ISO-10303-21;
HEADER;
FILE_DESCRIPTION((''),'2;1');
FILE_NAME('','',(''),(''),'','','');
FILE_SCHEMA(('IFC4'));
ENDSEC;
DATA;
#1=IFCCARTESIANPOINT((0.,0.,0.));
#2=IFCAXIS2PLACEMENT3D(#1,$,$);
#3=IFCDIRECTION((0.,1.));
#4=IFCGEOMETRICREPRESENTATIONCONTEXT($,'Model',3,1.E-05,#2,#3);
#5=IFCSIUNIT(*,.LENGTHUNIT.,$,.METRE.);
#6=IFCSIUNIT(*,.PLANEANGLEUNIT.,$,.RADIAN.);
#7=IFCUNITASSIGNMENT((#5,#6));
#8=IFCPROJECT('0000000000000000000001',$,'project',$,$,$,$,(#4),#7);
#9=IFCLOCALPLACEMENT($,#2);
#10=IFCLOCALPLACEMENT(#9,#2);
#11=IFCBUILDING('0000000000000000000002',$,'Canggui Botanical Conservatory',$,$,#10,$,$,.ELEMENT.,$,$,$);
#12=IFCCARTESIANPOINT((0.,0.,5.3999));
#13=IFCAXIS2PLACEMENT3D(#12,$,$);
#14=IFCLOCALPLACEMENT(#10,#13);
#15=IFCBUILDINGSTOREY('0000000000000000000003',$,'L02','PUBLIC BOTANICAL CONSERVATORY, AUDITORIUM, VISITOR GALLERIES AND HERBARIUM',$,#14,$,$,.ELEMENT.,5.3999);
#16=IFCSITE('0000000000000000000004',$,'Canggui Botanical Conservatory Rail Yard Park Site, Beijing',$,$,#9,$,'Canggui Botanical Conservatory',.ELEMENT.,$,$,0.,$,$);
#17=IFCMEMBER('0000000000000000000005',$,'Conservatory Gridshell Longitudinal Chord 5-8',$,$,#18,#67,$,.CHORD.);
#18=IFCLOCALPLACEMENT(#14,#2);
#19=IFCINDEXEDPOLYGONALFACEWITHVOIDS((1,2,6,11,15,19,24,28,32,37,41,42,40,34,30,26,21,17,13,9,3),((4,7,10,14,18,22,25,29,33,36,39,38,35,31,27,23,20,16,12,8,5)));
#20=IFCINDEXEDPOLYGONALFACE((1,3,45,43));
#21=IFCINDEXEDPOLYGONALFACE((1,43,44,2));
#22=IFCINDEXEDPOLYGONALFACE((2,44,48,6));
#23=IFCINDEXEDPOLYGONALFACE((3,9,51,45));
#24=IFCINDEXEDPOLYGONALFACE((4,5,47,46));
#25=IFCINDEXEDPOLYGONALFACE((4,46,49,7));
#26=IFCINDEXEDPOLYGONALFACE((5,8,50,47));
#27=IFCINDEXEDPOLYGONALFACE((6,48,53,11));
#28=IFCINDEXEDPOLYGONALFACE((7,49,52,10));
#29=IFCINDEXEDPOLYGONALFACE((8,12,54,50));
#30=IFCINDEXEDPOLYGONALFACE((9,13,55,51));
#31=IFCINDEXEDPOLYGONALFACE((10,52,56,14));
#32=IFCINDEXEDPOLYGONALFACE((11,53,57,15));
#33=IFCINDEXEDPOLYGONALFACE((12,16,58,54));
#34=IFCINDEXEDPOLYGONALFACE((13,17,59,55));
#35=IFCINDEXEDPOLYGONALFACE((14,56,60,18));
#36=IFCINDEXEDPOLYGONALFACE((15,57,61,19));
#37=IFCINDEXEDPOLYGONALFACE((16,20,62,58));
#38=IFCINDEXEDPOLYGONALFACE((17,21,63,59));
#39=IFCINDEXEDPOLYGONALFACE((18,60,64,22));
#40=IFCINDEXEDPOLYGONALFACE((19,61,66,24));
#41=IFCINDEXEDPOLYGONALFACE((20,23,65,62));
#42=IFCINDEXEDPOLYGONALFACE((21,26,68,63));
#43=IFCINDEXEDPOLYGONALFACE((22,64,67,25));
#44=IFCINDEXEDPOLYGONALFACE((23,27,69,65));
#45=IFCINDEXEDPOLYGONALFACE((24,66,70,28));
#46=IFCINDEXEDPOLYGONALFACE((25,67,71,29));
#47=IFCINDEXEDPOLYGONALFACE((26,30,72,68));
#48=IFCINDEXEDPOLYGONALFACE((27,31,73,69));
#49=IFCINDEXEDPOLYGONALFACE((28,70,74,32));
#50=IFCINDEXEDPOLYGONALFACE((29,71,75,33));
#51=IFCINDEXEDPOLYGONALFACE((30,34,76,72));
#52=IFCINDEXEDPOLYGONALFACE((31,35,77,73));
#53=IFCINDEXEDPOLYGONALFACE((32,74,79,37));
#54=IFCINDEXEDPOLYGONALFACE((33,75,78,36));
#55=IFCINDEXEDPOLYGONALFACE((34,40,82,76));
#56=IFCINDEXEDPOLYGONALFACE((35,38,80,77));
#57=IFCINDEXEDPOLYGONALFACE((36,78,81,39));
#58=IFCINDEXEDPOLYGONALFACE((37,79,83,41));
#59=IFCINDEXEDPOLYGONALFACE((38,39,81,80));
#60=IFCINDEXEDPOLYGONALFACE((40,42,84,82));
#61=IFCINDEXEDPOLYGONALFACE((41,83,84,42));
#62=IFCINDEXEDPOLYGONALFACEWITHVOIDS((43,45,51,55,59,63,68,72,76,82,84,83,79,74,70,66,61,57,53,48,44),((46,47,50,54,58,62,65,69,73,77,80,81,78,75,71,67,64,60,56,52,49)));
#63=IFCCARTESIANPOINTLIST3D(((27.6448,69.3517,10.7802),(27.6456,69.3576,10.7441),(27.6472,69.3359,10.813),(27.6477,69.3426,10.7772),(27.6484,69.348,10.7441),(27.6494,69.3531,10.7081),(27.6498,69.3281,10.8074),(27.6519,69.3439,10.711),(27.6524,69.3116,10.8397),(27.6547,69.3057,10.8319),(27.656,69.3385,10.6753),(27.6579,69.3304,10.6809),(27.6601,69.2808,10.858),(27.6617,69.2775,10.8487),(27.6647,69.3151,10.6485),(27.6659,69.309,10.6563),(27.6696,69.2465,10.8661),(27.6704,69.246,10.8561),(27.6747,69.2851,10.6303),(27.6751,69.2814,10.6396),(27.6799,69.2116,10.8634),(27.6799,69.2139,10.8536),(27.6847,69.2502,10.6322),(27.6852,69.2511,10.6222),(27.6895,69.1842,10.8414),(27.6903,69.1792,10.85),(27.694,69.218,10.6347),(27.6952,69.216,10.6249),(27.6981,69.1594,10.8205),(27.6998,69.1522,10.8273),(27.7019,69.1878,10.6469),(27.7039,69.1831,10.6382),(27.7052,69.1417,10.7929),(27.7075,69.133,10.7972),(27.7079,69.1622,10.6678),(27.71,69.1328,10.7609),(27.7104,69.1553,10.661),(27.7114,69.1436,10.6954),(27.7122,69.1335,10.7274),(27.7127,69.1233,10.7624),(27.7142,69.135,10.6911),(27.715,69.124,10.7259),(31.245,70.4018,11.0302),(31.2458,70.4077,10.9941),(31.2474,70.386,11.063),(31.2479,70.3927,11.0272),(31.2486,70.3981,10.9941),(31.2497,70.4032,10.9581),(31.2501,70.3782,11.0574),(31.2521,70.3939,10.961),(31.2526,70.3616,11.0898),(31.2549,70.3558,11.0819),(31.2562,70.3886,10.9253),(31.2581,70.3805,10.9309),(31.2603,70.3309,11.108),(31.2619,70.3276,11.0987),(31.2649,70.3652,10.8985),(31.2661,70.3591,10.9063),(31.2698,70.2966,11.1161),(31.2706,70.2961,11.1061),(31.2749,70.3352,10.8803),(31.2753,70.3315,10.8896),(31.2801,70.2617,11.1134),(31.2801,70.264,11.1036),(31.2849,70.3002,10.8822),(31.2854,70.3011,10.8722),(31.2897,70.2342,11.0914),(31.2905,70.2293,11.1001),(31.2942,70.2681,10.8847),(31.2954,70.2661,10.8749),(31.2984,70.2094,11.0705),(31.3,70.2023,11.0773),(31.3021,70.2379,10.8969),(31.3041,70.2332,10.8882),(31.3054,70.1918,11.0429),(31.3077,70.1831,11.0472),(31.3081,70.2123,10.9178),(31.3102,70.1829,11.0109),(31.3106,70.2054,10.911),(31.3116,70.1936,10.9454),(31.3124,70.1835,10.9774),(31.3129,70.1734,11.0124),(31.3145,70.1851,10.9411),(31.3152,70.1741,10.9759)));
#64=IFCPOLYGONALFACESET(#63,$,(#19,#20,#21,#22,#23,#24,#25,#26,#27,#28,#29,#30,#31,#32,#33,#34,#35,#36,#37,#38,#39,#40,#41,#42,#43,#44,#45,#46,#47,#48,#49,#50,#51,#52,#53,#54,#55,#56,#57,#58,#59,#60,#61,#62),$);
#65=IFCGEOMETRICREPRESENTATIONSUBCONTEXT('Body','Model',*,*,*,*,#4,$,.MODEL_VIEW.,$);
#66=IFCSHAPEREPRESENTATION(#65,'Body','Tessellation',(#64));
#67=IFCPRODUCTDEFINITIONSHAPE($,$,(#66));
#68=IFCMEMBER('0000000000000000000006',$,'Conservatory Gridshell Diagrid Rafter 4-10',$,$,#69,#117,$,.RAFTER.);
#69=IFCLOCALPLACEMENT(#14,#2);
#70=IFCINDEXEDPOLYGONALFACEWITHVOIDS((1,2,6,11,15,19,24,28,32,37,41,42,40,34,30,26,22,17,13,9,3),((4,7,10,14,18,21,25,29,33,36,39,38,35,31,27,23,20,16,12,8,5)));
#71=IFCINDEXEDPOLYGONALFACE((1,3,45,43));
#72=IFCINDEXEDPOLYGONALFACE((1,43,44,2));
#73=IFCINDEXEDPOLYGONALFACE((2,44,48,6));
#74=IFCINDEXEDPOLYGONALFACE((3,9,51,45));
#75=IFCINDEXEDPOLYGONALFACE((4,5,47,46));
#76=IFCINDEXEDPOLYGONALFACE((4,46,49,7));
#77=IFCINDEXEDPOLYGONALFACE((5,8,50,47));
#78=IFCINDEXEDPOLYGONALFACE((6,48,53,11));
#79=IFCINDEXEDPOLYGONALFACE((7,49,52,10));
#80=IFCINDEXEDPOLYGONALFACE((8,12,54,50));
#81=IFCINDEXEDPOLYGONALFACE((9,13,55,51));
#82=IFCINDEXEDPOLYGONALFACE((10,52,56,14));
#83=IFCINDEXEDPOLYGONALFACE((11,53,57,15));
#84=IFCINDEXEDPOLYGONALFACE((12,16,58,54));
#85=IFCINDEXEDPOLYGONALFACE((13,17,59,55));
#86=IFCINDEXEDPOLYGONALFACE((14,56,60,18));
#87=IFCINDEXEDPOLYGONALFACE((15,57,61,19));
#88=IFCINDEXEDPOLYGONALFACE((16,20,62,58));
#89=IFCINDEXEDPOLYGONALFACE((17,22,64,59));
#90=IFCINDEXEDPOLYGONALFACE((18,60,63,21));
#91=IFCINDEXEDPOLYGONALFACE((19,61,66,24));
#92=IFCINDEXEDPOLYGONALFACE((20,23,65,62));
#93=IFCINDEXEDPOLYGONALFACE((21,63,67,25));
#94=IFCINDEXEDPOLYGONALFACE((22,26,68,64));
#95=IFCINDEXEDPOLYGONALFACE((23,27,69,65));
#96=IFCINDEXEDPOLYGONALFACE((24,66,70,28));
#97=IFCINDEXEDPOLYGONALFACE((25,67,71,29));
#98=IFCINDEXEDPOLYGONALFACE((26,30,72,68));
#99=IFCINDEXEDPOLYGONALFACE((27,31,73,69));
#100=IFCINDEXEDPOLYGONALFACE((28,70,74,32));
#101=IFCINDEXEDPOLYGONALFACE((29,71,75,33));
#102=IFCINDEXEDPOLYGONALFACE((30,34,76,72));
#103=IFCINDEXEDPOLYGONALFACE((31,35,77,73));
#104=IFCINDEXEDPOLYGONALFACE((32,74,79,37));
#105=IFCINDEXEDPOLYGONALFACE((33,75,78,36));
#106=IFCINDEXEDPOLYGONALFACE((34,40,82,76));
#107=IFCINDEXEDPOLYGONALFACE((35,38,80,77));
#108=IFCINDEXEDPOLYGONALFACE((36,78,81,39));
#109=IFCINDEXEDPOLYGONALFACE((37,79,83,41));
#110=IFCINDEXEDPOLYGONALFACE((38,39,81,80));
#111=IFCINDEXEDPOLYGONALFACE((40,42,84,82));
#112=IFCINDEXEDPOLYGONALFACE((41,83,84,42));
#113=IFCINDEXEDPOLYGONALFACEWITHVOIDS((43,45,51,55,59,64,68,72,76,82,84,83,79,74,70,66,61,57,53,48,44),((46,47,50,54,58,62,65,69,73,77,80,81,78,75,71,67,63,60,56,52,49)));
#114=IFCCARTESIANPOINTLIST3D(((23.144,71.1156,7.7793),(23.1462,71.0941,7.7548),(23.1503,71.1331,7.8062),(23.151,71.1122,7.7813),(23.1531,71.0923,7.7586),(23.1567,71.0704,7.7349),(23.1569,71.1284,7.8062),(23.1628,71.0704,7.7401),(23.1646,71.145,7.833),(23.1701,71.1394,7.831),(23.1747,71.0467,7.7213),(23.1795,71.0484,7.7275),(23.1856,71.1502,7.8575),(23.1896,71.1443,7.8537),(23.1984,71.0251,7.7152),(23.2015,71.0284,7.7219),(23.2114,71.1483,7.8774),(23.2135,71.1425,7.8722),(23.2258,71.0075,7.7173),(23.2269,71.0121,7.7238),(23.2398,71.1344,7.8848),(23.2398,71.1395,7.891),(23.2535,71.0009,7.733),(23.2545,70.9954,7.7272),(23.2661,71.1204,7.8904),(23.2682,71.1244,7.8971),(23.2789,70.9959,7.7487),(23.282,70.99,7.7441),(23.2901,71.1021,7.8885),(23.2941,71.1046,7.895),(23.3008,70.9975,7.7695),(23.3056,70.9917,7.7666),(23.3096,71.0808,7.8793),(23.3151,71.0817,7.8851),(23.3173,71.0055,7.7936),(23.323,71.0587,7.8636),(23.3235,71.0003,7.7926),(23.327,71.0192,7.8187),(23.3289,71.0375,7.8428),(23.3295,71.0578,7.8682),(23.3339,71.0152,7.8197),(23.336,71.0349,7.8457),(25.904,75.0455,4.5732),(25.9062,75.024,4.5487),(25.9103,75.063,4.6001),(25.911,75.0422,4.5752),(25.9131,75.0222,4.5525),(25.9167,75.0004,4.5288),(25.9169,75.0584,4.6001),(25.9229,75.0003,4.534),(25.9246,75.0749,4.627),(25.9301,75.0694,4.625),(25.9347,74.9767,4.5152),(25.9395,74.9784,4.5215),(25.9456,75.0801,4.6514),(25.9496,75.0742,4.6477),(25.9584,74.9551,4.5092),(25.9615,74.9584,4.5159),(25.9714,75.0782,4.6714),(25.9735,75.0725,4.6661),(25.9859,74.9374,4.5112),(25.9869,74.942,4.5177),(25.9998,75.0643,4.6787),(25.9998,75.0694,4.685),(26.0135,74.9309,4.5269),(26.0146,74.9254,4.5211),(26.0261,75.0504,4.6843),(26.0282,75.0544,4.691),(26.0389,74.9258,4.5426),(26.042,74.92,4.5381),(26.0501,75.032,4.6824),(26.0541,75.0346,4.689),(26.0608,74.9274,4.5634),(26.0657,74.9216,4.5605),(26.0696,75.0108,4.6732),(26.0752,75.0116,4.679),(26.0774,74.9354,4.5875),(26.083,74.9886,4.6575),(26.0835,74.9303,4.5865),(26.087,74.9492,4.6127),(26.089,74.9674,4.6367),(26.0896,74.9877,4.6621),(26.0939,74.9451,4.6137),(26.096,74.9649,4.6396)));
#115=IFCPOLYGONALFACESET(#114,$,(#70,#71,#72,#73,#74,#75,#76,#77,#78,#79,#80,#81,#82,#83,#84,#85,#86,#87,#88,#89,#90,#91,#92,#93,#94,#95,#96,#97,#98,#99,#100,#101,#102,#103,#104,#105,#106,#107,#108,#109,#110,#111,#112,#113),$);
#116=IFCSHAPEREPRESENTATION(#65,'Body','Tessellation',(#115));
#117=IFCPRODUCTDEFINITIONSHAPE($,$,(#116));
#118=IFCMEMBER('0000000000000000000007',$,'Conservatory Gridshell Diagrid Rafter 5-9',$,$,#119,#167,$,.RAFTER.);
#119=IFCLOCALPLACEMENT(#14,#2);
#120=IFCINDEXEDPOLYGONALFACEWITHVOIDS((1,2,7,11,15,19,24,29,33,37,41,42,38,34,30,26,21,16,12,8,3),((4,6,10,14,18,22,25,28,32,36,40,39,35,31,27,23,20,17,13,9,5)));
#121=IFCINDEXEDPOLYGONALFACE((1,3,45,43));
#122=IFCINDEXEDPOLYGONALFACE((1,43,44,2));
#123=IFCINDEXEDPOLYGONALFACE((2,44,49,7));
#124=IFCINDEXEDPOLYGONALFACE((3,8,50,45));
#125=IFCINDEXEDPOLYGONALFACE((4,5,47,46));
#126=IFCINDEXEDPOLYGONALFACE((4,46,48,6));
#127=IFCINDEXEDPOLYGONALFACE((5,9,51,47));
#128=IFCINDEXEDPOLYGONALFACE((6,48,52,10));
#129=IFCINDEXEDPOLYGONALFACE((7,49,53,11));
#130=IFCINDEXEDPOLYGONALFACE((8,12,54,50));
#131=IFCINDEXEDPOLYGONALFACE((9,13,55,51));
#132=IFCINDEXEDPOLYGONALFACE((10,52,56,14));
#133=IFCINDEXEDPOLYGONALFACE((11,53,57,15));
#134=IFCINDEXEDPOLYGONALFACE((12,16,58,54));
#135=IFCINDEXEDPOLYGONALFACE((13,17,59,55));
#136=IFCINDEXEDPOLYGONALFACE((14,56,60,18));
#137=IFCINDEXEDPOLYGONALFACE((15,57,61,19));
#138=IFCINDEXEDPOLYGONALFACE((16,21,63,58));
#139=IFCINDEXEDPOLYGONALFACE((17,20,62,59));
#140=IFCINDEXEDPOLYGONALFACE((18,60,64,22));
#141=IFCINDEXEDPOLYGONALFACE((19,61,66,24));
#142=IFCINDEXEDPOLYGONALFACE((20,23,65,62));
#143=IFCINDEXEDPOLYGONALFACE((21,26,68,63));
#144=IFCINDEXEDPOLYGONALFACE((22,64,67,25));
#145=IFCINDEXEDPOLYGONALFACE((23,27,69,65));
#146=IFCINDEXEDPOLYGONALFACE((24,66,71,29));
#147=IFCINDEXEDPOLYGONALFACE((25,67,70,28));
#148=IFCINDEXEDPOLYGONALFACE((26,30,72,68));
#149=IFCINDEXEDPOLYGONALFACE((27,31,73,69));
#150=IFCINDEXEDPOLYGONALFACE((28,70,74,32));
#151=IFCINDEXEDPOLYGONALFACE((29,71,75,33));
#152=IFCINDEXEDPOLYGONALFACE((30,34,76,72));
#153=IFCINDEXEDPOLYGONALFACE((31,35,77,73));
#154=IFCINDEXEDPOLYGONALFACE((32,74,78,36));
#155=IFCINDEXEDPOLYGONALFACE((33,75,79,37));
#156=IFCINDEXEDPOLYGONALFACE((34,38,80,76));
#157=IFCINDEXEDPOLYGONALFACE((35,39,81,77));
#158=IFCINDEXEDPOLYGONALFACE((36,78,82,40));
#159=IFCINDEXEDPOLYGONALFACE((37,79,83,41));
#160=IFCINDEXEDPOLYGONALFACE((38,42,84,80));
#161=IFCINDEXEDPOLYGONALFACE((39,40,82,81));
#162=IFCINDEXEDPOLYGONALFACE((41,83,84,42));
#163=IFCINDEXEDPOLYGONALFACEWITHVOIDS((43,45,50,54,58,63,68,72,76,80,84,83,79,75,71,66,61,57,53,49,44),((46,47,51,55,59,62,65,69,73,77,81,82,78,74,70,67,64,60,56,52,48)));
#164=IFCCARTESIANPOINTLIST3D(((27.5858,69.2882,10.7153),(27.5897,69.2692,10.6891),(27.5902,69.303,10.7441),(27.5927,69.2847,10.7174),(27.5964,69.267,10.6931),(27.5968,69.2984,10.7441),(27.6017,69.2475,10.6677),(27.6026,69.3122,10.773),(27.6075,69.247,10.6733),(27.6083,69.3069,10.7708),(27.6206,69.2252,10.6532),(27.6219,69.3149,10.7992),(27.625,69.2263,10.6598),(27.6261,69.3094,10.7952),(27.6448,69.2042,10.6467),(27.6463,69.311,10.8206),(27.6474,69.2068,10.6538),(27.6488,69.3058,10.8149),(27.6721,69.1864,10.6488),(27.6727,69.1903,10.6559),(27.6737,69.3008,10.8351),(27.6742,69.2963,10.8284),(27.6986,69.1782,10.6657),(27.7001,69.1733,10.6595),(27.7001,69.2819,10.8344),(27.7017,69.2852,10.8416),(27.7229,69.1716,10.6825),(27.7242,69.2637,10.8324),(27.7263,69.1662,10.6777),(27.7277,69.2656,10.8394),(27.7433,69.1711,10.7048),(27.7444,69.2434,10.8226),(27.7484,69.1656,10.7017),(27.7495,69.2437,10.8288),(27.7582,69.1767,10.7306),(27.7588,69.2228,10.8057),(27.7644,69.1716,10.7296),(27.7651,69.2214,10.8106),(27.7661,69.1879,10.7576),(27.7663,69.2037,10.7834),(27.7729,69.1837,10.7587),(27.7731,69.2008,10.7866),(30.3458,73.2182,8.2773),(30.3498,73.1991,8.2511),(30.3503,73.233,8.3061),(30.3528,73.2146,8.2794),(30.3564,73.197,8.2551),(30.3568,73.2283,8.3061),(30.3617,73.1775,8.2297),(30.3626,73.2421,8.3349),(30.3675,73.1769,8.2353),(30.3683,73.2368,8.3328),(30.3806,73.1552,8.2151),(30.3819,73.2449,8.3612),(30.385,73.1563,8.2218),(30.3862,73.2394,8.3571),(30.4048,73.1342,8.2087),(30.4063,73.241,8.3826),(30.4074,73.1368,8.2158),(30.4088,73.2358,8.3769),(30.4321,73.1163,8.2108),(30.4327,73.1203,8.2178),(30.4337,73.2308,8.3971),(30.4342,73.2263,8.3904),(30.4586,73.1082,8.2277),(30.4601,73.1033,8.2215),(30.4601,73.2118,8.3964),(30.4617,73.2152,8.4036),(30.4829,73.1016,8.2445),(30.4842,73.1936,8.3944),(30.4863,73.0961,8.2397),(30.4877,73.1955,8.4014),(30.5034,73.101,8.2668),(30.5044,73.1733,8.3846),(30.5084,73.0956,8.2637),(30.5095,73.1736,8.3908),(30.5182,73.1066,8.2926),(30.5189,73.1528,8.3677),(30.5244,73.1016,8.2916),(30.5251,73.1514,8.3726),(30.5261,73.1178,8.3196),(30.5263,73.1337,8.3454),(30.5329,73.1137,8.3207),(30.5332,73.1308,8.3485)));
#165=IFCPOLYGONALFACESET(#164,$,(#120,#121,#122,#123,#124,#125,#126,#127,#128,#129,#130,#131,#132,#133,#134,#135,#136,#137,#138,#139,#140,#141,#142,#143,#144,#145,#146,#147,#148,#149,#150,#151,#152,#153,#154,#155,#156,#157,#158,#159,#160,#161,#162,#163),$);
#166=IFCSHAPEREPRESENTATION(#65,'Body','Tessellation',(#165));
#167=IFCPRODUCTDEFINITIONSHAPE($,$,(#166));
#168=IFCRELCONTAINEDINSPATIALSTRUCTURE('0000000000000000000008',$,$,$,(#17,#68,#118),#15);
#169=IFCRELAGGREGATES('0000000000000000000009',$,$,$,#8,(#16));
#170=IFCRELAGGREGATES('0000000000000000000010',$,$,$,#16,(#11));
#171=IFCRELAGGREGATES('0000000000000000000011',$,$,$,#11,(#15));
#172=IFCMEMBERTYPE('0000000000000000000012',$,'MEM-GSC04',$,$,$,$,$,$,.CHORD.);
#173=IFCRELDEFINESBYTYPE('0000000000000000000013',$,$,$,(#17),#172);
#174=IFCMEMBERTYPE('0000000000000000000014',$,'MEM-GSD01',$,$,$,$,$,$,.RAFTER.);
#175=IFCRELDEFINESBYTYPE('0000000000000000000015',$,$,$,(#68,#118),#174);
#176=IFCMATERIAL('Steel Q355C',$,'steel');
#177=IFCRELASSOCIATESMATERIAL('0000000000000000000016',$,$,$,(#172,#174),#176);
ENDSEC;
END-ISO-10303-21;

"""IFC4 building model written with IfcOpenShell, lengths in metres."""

from ifc_helpers import new_model, si_unit, direction, frame, origin, origin_2d, place, context, subcontext, project, spatial, hollow_circle, extrude, material, material_profile, profile_set, type_object, element, save


model = new_model("IFC4")

# Units and contexts
model_context = context("Model", 3, precision=1e-05, world=origin(), true_north=direction((0.0, 1.0)))
body_context = subcontext(model_context, "Body", "Model", "MODEL_VIEW")
ifc_project = project(units=[si_unit("LENGTHUNIT", "METRE"), si_unit("PLANEANGLEUNIT", "RADIAN")], contexts=[model_context])

# Site, building, storey
site_placement = place(None, origin())
site = spatial("IfcSite", under=ifc_project, at=site_placement, Name="Canggui Botanical Conservatory Rail Yard Park Site, Beijing", LongName="Canggui Botanical Conservatory", CompositionType="ELEMENT", RefElevation=0.0)
building_placement = place(site_placement, origin())
building = spatial("IfcBuilding", under=site, at=building_placement, Name="Canggui Botanical Conservatory", CompositionType="ELEMENT")
storey_placement = place(building_placement, frame((0.0, 0.0, 5.3999)))
storey = spatial("IfcBuildingStorey", under=building, at=storey_placement, Name="L02", Description="PUBLIC BOTANICAL CONSERVATORY, AUDITORIUM, VISITOR GALLERIES AND HERBARIUM", CompositionType="ELEMENT", Elevation=5.3999)

# Shared definitions
ifc_material_1 = material(Name="Steel Q355C", Category="steel")

# Members
ifc_material_profile_1 = material_profile(ifc_material_1, hollow_circle(Radius=0.1226, WallThickness=0.01, at=origin_2d()), Name="CHS 245x10")
ifc_profile_set_1 = profile_set([ifc_material_profile_1], Name="Steel Q355C")
member_type_1 = type_object("IfcMemberType", Name="MEM-GSC04", PredefinedType="CHORD", material=ifc_profile_set_1)
member_1_placement = place(storey_placement, frame((27.6799, 69.24, 10.7441), z_axis=(0.957872, 0.279385, 0.066517), x_axis=(-0.280005, 0.959999, 0.0)))
element("IfcMember", 1, at=member_1_placement, inside=storey, type_object=member_type_1, Name="Conservatory Gridshell Longitudinal Chord 5-8", PredefinedType="CHORD", context=body_context, shape_type="SweptSolid", body=[
    extrude(hollow_circle(Radius=0.1226, WallThickness=0.01, at=origin_2d()), origin(), (0.0, 0.0, 1.0), 3.7585),
])
ifc_material_profile_2 = material_profile(ifc_material_1, hollow_circle(Radius=0.1096, WallThickness=0.0081, at=origin_2d()), Name="CHS 219x8")
ifc_profile_set_2 = profile_set([ifc_material_profile_2], Name="Steel Q355C")
member_type_2 = type_object("IfcMemberType", Name="MEM-GSD01", PredefinedType="RAFTER", material=ifc_profile_set_2)
member_2_placement = place(storey_placement, frame((23.24, 71.0701, 7.8062), z_axis=(0.477994, 0.680608, -0.555243), x_axis=(-0.818345, 0.574728, 0.0)))
element("IfcMember", 2, at=member_2_placement, inside=storey, type_object=member_type_2, Name="Conservatory Gridshell Diagrid Rafter 4-10", PredefinedType="RAFTER", context=body_context, shape_type="SweptSolid", body=[
    extrude(hollow_circle(Radius=0.1096, WallThickness=0.0081, at=origin_2d()), origin(), (0.0, 0.0, 1.0), 5.7742),
])
member_3_placement = place(storey_placement, frame((27.6799, 69.24, 10.7441), z_axis=(0.51247, 0.729697, -0.452678), x_axis=(-0.818345, 0.574728, 0.0)))
element("IfcMember", 3, at=member_3_placement, inside=storey, type_object=member_type_2, Name="Conservatory Gridshell Diagrid Rafter 5-9", PredefinedType="RAFTER", context=body_context, shape_type="SweptSolid", body=[
    extrude(hollow_circle(Radius=0.1096, WallThickness=0.0081, at=origin_2d()), origin(), (0.0, 0.0, 1.0), 5.3857),
])

save(model, "model.ifc")
